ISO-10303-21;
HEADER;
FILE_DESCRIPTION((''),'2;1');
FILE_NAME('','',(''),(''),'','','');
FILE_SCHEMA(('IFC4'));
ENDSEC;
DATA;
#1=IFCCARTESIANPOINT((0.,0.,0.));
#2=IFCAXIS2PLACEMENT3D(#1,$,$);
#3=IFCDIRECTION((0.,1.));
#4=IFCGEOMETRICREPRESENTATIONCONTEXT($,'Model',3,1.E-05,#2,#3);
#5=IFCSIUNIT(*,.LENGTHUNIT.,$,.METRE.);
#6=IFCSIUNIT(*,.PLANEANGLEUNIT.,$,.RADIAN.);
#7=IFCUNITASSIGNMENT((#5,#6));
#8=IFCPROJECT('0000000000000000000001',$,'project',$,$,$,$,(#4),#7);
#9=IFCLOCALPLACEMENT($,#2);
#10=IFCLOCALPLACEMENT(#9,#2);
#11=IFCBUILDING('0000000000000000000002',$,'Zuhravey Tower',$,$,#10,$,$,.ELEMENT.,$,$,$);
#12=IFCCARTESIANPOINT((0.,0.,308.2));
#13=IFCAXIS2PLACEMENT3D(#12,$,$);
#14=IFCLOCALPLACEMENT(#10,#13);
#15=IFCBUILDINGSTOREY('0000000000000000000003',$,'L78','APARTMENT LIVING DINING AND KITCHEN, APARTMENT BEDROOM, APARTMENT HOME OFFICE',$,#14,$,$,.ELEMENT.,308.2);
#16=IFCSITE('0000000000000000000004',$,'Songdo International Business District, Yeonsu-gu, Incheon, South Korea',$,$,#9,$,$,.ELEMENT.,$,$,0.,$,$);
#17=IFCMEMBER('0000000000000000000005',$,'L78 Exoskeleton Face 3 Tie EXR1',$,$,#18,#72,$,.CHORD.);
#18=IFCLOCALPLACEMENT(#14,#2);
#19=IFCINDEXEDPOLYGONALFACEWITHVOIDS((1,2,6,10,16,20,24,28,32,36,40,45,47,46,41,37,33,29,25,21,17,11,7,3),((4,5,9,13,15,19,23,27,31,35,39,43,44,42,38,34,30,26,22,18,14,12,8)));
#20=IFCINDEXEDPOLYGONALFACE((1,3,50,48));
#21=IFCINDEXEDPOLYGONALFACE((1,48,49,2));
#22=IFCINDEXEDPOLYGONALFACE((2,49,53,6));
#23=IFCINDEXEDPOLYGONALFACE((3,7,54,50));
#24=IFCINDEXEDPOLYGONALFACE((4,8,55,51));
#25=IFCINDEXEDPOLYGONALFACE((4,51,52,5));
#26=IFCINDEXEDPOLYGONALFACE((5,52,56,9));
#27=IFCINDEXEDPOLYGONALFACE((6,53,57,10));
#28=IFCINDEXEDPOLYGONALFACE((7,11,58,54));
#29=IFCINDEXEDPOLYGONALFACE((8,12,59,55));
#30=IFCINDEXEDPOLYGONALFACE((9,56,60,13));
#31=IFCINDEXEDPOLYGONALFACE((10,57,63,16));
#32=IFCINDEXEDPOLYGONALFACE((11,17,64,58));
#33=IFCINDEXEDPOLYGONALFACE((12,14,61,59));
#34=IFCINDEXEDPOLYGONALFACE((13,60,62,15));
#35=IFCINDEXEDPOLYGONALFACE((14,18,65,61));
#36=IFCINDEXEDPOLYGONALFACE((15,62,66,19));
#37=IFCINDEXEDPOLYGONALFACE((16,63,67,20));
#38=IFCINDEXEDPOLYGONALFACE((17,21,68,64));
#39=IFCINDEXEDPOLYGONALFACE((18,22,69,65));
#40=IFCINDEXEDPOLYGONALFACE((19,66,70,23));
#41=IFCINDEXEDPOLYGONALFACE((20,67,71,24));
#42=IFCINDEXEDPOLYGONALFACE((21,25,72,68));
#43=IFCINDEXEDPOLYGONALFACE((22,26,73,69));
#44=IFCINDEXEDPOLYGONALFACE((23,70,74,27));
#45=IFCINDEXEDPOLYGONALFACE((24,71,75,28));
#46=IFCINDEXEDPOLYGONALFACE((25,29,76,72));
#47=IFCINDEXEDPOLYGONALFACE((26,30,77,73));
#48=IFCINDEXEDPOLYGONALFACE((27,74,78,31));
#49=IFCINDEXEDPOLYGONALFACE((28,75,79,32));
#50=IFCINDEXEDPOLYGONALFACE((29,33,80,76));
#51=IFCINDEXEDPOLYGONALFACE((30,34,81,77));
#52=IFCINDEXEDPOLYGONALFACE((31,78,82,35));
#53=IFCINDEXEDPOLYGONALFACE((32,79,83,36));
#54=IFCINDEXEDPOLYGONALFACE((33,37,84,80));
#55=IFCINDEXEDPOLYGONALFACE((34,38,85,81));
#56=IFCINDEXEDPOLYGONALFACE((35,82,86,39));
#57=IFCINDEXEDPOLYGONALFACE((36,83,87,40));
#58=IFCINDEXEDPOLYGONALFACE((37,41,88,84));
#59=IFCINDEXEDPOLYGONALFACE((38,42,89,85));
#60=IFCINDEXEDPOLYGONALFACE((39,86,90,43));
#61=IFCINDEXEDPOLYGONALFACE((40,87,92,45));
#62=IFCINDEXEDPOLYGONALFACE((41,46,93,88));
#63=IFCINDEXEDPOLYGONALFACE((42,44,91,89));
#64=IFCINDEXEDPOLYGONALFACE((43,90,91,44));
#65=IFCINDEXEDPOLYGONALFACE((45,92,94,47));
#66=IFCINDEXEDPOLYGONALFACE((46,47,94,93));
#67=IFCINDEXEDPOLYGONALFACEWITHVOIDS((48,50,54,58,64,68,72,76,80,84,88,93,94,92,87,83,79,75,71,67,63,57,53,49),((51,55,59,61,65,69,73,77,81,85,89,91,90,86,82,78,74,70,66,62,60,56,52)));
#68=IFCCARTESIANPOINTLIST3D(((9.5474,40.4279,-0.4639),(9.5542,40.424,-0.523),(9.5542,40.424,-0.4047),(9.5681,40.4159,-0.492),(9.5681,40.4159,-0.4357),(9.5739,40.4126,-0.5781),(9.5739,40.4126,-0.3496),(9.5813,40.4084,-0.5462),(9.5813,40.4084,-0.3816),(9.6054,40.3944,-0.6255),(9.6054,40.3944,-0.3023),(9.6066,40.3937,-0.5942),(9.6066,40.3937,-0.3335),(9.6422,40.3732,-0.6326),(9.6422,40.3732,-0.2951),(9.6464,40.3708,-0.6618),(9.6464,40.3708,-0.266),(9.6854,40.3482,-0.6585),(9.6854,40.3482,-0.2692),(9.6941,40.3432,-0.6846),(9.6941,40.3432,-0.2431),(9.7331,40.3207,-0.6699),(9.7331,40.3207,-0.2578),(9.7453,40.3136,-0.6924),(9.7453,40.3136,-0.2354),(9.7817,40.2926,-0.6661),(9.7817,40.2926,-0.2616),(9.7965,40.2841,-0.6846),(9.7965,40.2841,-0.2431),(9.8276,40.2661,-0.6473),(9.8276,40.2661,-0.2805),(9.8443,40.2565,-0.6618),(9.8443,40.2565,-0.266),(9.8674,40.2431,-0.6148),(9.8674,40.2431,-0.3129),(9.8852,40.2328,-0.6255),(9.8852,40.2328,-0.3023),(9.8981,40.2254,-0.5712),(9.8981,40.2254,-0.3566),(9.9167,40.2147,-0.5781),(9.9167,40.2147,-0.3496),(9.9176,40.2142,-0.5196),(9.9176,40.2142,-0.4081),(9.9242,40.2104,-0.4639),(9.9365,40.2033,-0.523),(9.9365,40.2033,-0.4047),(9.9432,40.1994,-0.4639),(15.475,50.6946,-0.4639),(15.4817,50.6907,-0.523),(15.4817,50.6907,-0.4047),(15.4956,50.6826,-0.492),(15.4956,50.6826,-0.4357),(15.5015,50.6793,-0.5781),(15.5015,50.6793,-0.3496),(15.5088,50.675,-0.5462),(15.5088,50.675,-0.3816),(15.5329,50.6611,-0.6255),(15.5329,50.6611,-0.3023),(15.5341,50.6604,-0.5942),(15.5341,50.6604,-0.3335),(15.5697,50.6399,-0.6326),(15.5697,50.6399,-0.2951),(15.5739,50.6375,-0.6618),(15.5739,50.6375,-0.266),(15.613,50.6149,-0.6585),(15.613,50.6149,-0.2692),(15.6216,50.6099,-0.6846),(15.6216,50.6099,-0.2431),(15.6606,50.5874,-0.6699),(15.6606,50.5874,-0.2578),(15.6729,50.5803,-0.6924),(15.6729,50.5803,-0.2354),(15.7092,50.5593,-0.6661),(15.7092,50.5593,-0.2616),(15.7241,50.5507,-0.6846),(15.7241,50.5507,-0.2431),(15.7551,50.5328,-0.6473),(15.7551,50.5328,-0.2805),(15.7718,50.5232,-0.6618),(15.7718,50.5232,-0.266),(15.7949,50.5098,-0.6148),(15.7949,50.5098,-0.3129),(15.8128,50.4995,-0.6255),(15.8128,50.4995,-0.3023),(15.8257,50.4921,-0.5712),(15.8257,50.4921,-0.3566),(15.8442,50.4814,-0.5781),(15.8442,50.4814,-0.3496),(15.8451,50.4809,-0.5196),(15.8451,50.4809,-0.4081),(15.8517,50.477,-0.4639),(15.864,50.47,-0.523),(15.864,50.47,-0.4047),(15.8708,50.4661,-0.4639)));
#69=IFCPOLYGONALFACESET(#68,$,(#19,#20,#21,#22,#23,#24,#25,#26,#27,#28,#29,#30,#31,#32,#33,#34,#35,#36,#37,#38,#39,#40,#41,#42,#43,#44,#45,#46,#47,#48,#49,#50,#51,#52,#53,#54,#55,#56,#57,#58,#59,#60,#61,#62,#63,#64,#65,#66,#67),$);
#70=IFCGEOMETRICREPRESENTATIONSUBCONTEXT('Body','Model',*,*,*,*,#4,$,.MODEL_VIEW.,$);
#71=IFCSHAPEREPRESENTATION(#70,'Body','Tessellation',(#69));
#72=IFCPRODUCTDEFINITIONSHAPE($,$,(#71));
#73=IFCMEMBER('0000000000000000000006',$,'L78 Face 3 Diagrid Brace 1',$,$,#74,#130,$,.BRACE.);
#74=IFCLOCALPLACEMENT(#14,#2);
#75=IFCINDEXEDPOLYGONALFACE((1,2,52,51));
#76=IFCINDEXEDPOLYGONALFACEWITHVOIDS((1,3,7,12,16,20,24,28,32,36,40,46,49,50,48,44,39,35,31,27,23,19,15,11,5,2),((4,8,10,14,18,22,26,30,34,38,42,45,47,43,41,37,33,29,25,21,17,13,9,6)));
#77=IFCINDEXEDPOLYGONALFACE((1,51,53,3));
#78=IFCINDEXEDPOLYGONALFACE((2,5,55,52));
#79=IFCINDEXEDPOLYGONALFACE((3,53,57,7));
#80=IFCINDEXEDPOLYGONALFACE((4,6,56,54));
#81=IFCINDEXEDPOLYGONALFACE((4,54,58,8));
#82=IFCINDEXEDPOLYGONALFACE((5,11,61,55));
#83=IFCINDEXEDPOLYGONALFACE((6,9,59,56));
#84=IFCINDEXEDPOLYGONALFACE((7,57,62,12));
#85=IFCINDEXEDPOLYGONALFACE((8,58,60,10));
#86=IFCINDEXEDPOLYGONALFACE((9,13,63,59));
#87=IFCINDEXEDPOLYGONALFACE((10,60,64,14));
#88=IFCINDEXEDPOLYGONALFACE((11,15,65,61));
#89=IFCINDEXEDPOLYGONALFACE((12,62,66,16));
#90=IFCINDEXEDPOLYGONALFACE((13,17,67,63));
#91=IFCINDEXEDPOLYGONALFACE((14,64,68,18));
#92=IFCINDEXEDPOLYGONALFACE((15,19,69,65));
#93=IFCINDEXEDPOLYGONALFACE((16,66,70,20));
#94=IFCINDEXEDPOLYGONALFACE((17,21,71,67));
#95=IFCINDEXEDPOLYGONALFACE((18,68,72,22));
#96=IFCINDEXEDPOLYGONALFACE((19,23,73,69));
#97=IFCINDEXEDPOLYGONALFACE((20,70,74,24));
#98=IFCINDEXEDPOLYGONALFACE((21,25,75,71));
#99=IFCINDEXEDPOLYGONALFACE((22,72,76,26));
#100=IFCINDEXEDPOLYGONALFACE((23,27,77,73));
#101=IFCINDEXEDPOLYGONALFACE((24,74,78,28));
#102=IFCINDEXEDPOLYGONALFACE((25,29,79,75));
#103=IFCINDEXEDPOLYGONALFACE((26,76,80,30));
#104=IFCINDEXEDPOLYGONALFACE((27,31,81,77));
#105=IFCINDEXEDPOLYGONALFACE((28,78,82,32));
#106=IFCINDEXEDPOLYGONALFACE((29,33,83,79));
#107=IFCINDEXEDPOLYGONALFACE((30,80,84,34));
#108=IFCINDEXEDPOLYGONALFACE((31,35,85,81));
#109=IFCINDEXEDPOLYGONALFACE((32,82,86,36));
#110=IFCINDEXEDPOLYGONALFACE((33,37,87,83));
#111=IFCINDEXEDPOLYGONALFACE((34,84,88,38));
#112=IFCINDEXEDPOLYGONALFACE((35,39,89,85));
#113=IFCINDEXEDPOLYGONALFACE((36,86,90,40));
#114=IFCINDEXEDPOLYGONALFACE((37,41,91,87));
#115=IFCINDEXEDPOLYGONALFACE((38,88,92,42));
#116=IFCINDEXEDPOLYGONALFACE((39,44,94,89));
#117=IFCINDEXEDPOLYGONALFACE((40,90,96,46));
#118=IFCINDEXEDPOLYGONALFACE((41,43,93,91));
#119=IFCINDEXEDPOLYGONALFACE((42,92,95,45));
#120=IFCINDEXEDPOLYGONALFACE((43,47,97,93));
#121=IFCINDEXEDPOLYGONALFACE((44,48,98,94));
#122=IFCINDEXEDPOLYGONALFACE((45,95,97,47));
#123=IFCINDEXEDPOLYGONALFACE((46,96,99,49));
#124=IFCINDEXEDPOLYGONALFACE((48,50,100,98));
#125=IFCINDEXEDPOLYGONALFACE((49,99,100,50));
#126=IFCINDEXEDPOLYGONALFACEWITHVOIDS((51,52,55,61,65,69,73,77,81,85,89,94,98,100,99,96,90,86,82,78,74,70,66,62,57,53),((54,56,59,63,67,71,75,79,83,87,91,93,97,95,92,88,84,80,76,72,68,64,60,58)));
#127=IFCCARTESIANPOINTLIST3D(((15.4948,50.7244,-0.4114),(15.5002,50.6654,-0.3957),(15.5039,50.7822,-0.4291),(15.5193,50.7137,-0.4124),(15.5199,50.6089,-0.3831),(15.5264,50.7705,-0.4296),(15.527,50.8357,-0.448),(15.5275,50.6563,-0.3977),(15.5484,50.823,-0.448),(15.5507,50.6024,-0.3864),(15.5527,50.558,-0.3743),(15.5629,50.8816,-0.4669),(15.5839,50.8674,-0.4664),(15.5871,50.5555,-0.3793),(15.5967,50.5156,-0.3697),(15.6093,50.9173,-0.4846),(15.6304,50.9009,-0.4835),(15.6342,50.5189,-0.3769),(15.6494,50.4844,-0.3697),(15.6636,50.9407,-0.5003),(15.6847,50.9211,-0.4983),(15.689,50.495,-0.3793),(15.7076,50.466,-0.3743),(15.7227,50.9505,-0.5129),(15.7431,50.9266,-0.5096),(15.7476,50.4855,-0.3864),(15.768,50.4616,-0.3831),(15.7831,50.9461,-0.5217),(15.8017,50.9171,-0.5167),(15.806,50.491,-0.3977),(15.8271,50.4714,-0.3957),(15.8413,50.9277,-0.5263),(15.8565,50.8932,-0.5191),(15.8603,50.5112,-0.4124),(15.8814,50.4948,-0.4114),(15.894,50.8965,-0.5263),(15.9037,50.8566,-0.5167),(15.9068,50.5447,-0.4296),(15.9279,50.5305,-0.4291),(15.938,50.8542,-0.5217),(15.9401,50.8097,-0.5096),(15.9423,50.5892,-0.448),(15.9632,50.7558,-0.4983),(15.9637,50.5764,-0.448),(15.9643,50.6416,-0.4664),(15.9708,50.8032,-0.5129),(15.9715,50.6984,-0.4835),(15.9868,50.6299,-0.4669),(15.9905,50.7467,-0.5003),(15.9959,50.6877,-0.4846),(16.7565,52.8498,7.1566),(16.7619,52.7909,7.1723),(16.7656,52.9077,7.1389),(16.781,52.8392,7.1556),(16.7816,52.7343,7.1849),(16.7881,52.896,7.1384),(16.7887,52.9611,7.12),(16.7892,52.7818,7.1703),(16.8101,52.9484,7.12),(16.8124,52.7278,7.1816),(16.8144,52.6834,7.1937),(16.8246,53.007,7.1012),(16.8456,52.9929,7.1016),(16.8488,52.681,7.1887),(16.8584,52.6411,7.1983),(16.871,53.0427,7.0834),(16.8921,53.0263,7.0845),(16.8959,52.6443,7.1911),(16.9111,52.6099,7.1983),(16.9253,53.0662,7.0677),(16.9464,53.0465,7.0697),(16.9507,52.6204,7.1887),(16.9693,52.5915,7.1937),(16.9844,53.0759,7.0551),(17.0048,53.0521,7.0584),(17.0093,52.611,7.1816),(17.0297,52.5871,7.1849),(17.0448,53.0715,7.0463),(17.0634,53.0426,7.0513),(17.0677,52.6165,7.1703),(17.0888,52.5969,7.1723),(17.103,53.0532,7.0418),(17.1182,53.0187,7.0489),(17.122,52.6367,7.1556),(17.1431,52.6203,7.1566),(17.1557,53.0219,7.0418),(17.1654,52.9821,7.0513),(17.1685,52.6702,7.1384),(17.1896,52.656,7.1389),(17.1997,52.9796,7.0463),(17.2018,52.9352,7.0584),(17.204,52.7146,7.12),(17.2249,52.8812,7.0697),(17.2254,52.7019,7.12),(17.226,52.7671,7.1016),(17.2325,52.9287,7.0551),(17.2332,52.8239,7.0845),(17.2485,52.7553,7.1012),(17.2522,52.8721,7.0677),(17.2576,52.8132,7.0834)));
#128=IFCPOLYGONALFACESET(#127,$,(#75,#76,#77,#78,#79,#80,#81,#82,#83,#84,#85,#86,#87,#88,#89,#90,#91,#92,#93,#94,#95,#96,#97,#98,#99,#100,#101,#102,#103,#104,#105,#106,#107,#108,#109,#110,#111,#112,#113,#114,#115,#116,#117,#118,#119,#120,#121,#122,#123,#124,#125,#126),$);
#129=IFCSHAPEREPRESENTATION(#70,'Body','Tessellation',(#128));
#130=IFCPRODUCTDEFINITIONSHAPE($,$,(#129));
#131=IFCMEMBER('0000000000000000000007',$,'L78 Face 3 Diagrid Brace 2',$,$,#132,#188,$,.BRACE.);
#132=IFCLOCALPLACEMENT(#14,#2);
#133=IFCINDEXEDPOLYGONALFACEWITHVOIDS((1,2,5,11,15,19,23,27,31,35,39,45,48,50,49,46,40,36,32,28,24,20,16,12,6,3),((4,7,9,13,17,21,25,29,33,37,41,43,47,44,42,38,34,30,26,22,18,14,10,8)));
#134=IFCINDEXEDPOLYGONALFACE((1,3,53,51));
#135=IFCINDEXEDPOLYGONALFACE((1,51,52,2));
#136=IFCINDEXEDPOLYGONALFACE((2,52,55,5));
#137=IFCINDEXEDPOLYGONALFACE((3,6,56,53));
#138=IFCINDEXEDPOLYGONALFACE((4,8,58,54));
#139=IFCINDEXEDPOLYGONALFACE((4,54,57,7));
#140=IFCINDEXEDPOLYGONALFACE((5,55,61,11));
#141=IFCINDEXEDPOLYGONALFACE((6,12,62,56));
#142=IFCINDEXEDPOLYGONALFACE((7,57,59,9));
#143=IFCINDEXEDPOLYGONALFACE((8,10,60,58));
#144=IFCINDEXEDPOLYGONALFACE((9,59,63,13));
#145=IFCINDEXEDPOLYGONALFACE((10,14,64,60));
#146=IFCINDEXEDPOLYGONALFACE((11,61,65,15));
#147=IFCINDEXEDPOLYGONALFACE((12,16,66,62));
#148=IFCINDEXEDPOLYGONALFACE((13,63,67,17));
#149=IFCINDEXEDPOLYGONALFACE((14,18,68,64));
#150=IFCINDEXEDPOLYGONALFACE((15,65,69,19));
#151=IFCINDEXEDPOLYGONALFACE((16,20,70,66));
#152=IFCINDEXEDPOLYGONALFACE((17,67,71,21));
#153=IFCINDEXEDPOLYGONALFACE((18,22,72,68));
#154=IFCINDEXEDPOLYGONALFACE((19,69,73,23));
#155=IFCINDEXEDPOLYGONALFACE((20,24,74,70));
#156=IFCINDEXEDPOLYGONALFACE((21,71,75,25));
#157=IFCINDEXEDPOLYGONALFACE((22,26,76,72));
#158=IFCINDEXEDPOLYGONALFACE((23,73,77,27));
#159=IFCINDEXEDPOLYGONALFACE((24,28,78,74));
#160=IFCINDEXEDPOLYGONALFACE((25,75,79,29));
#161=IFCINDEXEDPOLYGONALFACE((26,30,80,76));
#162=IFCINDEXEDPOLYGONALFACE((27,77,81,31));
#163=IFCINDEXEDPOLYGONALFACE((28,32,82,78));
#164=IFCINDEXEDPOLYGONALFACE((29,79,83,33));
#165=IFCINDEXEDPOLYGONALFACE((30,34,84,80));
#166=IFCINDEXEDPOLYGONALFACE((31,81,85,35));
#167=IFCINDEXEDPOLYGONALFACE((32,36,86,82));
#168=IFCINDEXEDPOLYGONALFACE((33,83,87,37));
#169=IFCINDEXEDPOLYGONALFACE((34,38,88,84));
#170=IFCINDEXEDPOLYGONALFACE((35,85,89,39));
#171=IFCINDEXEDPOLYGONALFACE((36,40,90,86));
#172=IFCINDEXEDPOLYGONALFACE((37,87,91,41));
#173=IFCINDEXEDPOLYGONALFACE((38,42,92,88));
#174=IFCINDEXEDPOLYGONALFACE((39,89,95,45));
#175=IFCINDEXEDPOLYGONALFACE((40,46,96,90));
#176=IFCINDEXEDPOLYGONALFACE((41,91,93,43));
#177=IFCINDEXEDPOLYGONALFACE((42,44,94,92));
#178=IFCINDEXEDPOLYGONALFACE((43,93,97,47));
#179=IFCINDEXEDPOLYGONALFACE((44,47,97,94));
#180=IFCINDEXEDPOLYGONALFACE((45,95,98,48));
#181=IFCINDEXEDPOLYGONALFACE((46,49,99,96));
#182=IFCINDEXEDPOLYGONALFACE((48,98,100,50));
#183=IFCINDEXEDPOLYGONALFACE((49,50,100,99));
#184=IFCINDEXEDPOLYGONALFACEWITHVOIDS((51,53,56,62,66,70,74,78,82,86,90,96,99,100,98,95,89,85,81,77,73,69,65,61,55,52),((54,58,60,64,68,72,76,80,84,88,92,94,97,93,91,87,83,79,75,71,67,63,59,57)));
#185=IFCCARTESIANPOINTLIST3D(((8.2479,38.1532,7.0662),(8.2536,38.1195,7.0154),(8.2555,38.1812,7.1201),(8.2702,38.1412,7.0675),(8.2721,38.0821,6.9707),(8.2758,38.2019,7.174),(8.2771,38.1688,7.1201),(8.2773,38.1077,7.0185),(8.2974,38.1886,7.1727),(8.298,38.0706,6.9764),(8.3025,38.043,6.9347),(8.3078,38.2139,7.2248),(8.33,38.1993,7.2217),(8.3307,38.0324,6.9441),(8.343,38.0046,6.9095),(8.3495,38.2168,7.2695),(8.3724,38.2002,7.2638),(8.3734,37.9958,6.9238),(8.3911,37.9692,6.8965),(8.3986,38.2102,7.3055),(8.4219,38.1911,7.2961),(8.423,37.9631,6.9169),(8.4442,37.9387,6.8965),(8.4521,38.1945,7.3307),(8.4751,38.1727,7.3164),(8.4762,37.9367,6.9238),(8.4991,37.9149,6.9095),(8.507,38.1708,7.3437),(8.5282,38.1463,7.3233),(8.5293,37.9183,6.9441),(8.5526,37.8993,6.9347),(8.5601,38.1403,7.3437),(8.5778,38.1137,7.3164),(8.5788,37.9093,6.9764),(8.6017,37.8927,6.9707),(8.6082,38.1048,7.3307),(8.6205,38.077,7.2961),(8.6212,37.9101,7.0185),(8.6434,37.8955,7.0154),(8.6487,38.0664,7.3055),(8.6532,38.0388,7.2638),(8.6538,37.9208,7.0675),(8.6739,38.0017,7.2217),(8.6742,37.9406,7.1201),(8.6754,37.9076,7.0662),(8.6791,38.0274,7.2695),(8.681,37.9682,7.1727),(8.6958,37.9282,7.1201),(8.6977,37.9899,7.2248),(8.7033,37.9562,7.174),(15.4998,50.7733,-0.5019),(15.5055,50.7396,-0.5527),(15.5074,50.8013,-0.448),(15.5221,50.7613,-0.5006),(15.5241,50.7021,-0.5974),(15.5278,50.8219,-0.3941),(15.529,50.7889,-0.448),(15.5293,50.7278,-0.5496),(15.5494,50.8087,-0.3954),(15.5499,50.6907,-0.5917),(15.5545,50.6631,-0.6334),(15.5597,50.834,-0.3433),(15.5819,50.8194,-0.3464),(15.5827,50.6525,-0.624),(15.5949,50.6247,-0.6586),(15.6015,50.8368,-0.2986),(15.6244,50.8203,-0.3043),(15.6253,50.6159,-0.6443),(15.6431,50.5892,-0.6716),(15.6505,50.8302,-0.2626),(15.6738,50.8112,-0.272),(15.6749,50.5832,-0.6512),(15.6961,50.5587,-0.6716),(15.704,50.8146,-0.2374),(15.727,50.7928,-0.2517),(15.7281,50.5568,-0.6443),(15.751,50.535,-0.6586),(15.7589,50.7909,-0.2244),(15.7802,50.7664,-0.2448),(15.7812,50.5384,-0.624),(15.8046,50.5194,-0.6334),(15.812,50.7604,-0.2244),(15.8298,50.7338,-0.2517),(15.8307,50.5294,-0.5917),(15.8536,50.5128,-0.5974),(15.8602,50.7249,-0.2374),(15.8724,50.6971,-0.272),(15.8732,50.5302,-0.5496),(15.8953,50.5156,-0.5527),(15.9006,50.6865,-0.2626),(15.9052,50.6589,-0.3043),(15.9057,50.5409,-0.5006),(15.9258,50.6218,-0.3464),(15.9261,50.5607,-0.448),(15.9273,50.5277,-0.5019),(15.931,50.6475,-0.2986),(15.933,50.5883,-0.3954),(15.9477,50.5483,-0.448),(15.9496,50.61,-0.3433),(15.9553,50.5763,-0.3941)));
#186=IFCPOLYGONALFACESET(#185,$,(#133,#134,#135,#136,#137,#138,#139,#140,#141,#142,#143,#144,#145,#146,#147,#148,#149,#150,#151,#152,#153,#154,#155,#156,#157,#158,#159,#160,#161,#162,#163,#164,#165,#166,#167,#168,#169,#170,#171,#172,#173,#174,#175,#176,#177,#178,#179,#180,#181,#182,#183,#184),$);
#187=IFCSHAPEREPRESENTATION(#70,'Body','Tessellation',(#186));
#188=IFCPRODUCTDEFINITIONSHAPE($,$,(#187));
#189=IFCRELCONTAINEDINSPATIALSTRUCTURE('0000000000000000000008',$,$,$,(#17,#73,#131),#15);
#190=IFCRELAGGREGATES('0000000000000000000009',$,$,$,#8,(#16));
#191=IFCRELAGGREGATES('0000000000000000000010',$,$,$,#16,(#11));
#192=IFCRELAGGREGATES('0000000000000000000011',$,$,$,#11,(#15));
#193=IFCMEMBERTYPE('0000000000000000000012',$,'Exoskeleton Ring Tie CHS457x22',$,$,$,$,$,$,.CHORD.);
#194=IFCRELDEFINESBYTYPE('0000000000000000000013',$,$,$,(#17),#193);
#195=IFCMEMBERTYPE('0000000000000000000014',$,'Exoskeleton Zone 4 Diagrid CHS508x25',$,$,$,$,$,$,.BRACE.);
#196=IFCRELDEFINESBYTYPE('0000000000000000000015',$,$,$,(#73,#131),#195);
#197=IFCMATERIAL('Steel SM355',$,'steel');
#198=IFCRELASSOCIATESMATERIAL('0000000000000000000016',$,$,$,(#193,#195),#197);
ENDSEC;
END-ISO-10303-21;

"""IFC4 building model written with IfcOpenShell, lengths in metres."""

from ifc_helpers import new_model, si_unit, direction, frame, origin, origin_2d, place, context, subcontext, project, spatial, hollow_circle, extrude, material, material_profile, profile_set, type_object, element, save


model = new_model("IFC4")

# Units and contexts
model_context = context("Model", 3, precision=1e-05, world=origin(), true_north=direction((0.0, 1.0)))
body_context = subcontext(model_context, "Body", "Model", "MODEL_VIEW")
ifc_project = project(units=[si_unit("LENGTHUNIT", "METRE"), si_unit("PLANEANGLEUNIT", "RADIAN")], contexts=[model_context])

# Site, building, storey
site_placement = place(None, origin())
site = spatial("IfcSite", under=ifc_project, at=site_placement, Name="Songdo International Business District, Yeonsu-gu, Incheon, South Korea", CompositionType="ELEMENT", RefElevation=0.0)
building_placement = place(site_placement, origin())
building = spatial("IfcBuilding", under=site, at=building_placement, Name="Zuhravey Tower", CompositionType="ELEMENT")
storey_placement = place(building_placement, frame((0.0, 0.0, 308.2)))
storey = spatial("IfcBuildingStorey", under=building, at=storey_placement, Name="L78", Description="APARTMENT LIVING DINING AND KITCHEN, APARTMENT BEDROOM, APARTMENT HOME OFFICE", CompositionType="ELEMENT", Elevation=308.2)

# Members
ifc_material_1 = material(Name="Steel SM355", Category="steel")
ifc_material_profile_1 = material_profile(ifc_material_1, hollow_circle(Radius=0.2285, WallThickness=0.022, at=origin_2d()), Name="CHS-457.2x22")
ifc_profile_set_1 = profile_set([ifc_material_profile_1], Name="Steel SM355")
member_type_1 = type_object("IfcMemberType", Name="Exoskeleton Ring Tie CHS457x22", PredefinedType="CHORD", material=ifc_profile_set_1)
member_1_placement = place(storey_placement, frame((15.6729, 50.5803, -0.4639), z_axis=(-0.500004, -0.866023, 0.0), x_axis=(0.866023, -0.500004, 0.0)))
element("IfcMember", 1, at=member_1_placement, inside=storey, type_object=member_type_1, Name="L78 Exoskeleton Face 3 Tie EXR1", PredefinedType="CHORD", context=body_context, shape_type="SweptSolid", body=[
    extrude(hollow_circle(Radius=0.2285, WallThickness=0.022, at=origin_2d()), origin(), (0.0, 0.0, 1.0), 11.855),
])
ifc_material_profile_2 = material_profile(ifc_material_1, hollow_circle(Radius=0.2539, WallThickness=0.0249, at=origin_2d()), Name="CHS-508.0x25")
ifc_profile_set_2 = profile_set([ifc_material_profile_2], Name="Steel SM355")
member_type_2 = type_object("IfcMemberType", Name="Exoskeleton Zone 4 Diagrid CHS508x25", PredefinedType="BRACE", material=ifc_profile_set_2)
member_2_placement = place(storey_placement, frame((15.7454, 50.7061, -0.448), z_axis=(0.158477, 0.26697, 0.950585), x_axis=(-0.859906, 0.510452, 0.0)))
element("IfcMember", 2, at=member_2_placement, inside=storey, type_object=member_type_2, Name="L78 Face 3 Diagrid Brace 1", PredefinedType="BRACE", context=body_context, shape_type="SweptSolid", body=[
    extrude(hollow_circle(Radius=0.2539, WallThickness=0.0249, at=origin_2d()), origin(), (0.0, 0.0, 1.0), 7.9614),
])
member_3_placement = place(storey_placement, frame((15.7275, 50.6748, -0.448), z_axis=(-0.442049, -0.76927, 0.461321), x_axis=(0.867043, -0.498233, 0.0)))
element("IfcMember", 3, at=member_3_placement, inside=storey, type_object=member_type_2, Name="L78 Face 3 Diagrid Brace 2", PredefinedType="BRACE", context=body_context, shape_type="SweptSolid", body=[
    extrude(hollow_circle(Radius=0.2539, WallThickness=0.0249, at=origin_2d()), origin(), (0.0, 0.0, 1.0), 16.4053),
])

save(model, "model.ifc")
